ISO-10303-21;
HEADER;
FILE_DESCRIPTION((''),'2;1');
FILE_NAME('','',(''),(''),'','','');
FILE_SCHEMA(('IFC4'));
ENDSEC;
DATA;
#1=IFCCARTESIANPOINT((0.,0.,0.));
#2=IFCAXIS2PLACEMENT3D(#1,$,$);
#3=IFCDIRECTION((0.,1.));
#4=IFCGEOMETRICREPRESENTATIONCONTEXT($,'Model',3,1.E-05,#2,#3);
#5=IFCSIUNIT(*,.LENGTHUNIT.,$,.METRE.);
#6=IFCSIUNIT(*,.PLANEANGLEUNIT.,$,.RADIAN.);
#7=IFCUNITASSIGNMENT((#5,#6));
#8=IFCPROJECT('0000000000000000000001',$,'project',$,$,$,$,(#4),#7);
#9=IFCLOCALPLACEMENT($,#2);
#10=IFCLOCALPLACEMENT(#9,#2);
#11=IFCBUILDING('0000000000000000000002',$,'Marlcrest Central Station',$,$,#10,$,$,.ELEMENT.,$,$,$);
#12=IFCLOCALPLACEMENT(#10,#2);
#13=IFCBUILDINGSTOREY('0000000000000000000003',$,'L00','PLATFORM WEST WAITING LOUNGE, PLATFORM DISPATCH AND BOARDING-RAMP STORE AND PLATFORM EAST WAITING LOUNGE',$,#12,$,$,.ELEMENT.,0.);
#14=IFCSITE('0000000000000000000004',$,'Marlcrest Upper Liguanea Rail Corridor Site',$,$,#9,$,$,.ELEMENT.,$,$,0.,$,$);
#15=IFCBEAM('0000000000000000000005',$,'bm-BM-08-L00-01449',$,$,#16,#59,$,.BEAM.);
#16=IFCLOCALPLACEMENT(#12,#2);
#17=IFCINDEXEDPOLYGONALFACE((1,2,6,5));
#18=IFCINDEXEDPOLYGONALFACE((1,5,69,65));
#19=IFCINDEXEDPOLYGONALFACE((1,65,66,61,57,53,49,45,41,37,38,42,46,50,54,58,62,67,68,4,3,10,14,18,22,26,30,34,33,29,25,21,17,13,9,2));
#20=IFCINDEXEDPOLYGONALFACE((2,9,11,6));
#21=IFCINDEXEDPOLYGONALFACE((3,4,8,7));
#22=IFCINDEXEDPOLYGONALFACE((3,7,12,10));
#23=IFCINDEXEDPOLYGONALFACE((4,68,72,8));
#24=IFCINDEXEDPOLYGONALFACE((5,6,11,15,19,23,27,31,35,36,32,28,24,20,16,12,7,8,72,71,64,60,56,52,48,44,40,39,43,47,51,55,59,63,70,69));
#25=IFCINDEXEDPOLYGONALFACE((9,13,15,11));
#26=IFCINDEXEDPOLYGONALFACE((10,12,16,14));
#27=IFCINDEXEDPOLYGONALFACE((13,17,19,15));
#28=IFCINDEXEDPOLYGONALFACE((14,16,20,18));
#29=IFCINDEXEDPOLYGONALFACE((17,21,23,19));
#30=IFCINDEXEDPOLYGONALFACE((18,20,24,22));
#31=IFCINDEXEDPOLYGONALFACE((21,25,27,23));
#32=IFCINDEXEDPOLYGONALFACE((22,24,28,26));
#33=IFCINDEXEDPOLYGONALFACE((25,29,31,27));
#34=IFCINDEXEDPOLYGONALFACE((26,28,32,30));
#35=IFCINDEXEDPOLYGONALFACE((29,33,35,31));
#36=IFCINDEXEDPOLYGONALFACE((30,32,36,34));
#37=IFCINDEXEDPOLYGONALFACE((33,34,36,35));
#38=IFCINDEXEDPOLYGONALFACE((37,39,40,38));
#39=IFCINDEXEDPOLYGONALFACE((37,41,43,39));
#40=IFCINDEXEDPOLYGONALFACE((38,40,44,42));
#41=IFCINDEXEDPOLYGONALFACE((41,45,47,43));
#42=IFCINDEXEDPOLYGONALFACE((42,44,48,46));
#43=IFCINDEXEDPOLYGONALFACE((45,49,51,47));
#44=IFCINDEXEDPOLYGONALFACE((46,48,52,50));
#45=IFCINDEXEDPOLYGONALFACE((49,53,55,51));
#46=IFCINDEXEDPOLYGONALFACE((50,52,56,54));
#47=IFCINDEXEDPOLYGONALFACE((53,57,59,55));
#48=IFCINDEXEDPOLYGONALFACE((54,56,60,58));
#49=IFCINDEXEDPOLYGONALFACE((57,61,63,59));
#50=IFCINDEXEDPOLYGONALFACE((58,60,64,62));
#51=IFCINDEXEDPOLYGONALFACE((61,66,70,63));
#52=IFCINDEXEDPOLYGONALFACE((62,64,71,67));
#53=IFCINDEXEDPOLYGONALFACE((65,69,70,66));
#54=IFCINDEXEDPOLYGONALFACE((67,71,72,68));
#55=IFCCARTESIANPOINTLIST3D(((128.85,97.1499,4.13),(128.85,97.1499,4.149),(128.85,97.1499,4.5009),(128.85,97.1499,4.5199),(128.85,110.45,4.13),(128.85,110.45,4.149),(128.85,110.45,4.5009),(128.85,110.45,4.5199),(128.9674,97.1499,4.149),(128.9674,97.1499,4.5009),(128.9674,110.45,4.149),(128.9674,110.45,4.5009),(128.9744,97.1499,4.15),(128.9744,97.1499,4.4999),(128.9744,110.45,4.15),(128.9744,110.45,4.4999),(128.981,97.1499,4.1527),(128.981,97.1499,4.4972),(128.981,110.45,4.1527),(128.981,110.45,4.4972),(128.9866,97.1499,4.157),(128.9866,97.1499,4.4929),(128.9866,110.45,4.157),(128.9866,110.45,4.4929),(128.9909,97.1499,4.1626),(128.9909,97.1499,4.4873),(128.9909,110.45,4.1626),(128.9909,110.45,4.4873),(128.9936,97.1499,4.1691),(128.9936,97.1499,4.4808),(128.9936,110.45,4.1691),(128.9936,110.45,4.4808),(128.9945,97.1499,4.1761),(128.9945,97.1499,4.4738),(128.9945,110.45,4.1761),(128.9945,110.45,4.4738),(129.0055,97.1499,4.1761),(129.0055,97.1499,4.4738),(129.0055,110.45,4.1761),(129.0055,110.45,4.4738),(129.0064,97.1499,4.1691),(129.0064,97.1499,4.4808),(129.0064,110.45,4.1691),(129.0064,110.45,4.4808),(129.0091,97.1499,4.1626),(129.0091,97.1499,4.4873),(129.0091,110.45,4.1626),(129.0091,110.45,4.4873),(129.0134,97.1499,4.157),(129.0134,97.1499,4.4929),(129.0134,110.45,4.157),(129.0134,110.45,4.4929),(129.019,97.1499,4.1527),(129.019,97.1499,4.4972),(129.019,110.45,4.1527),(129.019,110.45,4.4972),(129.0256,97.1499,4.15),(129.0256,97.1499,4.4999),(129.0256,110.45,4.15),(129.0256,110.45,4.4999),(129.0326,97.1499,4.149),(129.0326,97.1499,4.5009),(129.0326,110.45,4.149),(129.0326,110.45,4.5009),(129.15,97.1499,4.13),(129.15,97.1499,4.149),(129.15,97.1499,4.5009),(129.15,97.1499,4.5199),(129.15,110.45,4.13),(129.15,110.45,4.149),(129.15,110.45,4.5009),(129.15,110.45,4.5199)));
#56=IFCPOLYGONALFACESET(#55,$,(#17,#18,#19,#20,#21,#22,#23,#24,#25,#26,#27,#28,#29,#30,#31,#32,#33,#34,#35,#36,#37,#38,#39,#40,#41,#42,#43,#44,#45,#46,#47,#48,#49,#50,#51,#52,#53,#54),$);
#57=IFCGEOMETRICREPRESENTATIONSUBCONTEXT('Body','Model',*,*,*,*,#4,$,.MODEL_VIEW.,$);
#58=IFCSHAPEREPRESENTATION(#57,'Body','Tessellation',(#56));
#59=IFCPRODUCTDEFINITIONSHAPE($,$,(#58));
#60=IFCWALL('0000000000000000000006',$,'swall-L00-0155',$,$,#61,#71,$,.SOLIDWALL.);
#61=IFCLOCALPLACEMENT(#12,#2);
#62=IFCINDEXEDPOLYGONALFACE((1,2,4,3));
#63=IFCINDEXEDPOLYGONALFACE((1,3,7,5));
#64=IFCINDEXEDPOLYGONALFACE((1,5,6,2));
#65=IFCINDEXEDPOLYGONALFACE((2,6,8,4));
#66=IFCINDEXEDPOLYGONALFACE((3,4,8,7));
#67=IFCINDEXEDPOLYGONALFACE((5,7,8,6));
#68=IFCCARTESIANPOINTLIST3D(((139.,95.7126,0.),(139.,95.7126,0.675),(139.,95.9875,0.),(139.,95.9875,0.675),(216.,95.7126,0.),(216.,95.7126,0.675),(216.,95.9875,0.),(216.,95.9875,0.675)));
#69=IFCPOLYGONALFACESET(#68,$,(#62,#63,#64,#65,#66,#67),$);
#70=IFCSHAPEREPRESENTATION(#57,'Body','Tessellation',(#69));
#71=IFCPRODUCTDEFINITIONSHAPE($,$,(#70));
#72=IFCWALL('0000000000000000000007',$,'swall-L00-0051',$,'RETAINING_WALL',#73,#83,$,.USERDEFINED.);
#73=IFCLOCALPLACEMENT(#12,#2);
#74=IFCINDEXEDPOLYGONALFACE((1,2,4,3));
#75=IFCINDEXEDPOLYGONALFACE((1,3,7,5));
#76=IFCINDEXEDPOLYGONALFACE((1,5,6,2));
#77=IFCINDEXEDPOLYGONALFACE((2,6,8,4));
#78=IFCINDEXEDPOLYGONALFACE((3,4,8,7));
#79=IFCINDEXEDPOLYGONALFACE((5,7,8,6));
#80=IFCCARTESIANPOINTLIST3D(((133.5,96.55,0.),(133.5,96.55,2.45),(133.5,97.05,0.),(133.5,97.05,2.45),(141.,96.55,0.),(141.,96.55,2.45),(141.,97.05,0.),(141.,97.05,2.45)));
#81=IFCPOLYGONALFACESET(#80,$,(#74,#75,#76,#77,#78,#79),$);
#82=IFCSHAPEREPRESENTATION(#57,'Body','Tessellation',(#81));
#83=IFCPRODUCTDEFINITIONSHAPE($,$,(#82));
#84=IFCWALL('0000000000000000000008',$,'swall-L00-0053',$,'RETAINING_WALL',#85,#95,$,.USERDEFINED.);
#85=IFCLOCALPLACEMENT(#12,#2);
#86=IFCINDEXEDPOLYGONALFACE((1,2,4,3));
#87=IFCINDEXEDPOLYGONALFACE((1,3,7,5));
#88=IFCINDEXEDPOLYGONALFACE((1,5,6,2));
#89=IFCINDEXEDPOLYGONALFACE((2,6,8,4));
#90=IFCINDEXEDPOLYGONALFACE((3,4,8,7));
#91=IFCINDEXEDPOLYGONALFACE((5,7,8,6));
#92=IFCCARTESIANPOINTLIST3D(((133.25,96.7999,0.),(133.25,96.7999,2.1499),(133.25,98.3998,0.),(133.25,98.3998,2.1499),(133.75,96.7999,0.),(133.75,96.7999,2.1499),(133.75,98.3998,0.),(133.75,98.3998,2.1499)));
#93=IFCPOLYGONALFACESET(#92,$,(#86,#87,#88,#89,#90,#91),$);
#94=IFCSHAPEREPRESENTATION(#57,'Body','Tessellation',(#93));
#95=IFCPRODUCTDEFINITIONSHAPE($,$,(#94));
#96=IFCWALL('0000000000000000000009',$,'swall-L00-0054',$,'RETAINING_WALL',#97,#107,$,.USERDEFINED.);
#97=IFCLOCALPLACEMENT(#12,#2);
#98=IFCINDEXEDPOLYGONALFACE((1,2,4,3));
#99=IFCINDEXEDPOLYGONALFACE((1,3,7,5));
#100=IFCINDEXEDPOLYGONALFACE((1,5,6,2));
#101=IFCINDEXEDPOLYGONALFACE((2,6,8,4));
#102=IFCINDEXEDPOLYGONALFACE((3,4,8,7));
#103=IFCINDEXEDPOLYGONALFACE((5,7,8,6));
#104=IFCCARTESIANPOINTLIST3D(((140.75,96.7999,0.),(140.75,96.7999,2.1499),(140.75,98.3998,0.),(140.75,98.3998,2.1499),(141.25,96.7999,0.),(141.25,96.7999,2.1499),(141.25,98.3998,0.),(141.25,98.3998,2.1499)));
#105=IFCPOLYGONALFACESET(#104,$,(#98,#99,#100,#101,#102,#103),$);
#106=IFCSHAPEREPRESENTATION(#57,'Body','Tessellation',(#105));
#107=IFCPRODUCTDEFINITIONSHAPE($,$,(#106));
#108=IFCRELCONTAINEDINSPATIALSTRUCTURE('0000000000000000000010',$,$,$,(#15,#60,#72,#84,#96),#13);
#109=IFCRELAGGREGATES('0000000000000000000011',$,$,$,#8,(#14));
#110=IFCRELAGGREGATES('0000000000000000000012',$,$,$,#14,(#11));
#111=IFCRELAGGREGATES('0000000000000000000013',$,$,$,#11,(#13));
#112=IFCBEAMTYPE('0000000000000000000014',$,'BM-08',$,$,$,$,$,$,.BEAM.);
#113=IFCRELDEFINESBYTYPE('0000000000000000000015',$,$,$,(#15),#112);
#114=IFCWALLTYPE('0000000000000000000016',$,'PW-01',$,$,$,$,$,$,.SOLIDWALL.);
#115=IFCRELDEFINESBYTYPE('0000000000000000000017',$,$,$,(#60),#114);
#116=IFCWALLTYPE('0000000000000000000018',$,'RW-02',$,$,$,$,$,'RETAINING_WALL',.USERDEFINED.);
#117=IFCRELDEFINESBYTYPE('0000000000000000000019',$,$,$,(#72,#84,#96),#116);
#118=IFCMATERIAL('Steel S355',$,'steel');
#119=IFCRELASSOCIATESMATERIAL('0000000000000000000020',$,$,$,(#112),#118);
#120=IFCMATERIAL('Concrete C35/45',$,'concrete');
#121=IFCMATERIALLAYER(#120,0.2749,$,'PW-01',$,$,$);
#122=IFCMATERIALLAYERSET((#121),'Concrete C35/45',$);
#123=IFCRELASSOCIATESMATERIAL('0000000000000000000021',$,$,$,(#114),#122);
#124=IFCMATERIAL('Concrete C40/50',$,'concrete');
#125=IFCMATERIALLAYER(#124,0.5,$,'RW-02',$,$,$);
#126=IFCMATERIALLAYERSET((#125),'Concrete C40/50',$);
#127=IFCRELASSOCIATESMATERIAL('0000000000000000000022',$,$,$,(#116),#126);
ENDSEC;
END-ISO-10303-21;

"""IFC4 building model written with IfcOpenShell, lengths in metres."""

from ifc_helpers import new_model, si_unit, direction, frame, frame_2d, origin, origin_2d, place, context, subcontext, project, spatial, rectangle, i_section, extrude, material, layer, layer_set, material_profile, profile_set, type_object, element, save


model = new_model("IFC4")

# Units and contexts
model_context = context("Model", 3, precision=1e-05, world=origin(), true_north=direction((0.0, 1.0)))
body_context = subcontext(model_context, "Body", "Model", "MODEL_VIEW")
ifc_project = project(units=[si_unit("LENGTHUNIT", "METRE"), si_unit("PLANEANGLEUNIT", "RADIAN")], contexts=[model_context])

# Site, building, storey
site_placement = place(None, origin())
site = spatial("IfcSite", under=ifc_project, at=site_placement, Name="Marlcrest Upper Liguanea Rail Corridor Site", CompositionType="ELEMENT", RefElevation=0.0)
building_placement = place(site_placement, origin())
building = spatial("IfcBuilding", under=site, at=building_placement, Name="Marlcrest Central Station", CompositionType="ELEMENT")
storey_placement = place(building_placement, origin())
storey = spatial("IfcBuildingStorey", under=building, at=storey_placement, Name="L00", Description="PLATFORM WEST WAITING LOUNGE, PLATFORM DISPATCH AND BOARDING-RAMP STORE AND PLATFORM EAST WAITING LOUNGE", CompositionType="ELEMENT", Elevation=0.0)

# Shared definitions
ifc_material_1 = material(Name="Concrete C35/45", Category="concrete")

# Shared definitions
ifc_material_2 = material(Name="Concrete C40/50", Category="concrete")

# Shared definitions
ifc_material_3 = material(Name="Steel S355", Category="steel")

# Beam
ifc_material_profile_1 = material_profile(ifc_material_3, i_section(OverallWidth=0.3, OverallDepth=0.3899, WebThickness=0.011, FlangeThickness=0.019, FilletRadius=0.0271, at=origin_2d()), Name="HEA 400")
ifc_profile_set_1 = profile_set([ifc_material_profile_1], Name="Steel S355")
beam_type_1 = type_object("IfcBeamType", Name="BM-08", PredefinedType="BEAM", material=ifc_profile_set_1)
beam_1_placement = place(storey_placement, frame((129.0, 97.1499, 4.325), z_axis=(0.0, 1.0, 0.0), x_axis=(-1.0, 0.0, 0.0)))
element("IfcBeam", 1, at=beam_1_placement, inside=storey, type_object=beam_type_1, Name="bm-BM-08-L00-01449", PredefinedType="BEAM", context=body_context, shape_type="SweptSolid", body=[
    extrude(i_section(OverallWidth=0.3, OverallDepth=0.3899, WebThickness=0.011, FlangeThickness=0.019, FilletRadius=0.0271, at=origin_2d()), origin(), (0.0, 0.0, 1.0), 13.3),
])

# Walls
ifc_layer_1 = layer(ifc_material_1, 0.2749, Name="PW-01")
ifc_layer_set_1 = layer_set([ifc_layer_1], Name="Concrete C35/45")
wall_type_1 = type_object("IfcWallType", Name="PW-01", PredefinedType="SOLIDWALL", material=ifc_layer_set_1)
wall_1_placement = place(storey_placement, frame((139.0, 95.8501, 0.0), z_axis=(0.0, 0.0, 1.0), x_axis=(1.0, 0.0, 0.0)))
element("IfcWall", 2, at=wall_1_placement, inside=storey, type_object=wall_type_1, Name="swall-L00-0155", PredefinedType="SOLIDWALL", context=body_context, shape_type="SweptSolid", body=[
    extrude(rectangle(XDim=77.0, YDim=0.2749, at=frame_2d((38.5, 0.0))), origin(), (0.0, 0.0, 1.0), 0.675),
])
ifc_layer_2 = layer(ifc_material_2, 0.5, Name="RW-02")
ifc_layer_set_2 = layer_set([ifc_layer_2], Name="Concrete C40/50")
wall_type_2 = type_object("IfcWallType", Name="RW-02", ElementType="RETAINING_WALL", PredefinedType="USERDEFINED", material=ifc_layer_set_2)
wall_2_placement = place(storey_placement, frame((133.5, 96.8, 0.0), z_axis=(0.0, 0.0, 1.0), x_axis=(1.0, 0.0, 0.0)))
element("IfcWall", 3, at=wall_2_placement, inside=storey, type_object=wall_type_2, Name="swall-L00-0051", ObjectType="RETAINING_WALL", PredefinedType="USERDEFINED", context=body_context, shape_type="SweptSolid", body=[
    extrude(rectangle(XDim=7.5, YDim=0.5, at=frame_2d((3.75, 0.0))), origin(), (0.0, 0.0, 1.0), 2.45),
])
for number, where, z_axis, x_axis, name in (
    (4, (133.5, 96.8, 0.0), (0.0, 0.0, 1.0), (0.0, 1.0, 0.0), "swall-L00-0053"),
    (5, (141.0, 96.8, 0.0), (0.0, 0.0, 1.0), (0.0, 1.0, 0.0), "swall-L00-0054"),
):
    element("IfcWall", number, at=place(storey_placement, frame(where, z_axis=z_axis, x_axis=x_axis)), inside=storey, type_object=wall_type_2, Name=name, ObjectType="RETAINING_WALL", PredefinedType="USERDEFINED", context=body_context, shape_type="SweptSolid", body=[
        extrude(rectangle(XDim=1.5999, YDim=0.5, at=frame_2d((0.7998, 0.0))), origin(), (0.0, 0.0, 1.0), 2.1499),
    ])

save(model, "model.ifc")
